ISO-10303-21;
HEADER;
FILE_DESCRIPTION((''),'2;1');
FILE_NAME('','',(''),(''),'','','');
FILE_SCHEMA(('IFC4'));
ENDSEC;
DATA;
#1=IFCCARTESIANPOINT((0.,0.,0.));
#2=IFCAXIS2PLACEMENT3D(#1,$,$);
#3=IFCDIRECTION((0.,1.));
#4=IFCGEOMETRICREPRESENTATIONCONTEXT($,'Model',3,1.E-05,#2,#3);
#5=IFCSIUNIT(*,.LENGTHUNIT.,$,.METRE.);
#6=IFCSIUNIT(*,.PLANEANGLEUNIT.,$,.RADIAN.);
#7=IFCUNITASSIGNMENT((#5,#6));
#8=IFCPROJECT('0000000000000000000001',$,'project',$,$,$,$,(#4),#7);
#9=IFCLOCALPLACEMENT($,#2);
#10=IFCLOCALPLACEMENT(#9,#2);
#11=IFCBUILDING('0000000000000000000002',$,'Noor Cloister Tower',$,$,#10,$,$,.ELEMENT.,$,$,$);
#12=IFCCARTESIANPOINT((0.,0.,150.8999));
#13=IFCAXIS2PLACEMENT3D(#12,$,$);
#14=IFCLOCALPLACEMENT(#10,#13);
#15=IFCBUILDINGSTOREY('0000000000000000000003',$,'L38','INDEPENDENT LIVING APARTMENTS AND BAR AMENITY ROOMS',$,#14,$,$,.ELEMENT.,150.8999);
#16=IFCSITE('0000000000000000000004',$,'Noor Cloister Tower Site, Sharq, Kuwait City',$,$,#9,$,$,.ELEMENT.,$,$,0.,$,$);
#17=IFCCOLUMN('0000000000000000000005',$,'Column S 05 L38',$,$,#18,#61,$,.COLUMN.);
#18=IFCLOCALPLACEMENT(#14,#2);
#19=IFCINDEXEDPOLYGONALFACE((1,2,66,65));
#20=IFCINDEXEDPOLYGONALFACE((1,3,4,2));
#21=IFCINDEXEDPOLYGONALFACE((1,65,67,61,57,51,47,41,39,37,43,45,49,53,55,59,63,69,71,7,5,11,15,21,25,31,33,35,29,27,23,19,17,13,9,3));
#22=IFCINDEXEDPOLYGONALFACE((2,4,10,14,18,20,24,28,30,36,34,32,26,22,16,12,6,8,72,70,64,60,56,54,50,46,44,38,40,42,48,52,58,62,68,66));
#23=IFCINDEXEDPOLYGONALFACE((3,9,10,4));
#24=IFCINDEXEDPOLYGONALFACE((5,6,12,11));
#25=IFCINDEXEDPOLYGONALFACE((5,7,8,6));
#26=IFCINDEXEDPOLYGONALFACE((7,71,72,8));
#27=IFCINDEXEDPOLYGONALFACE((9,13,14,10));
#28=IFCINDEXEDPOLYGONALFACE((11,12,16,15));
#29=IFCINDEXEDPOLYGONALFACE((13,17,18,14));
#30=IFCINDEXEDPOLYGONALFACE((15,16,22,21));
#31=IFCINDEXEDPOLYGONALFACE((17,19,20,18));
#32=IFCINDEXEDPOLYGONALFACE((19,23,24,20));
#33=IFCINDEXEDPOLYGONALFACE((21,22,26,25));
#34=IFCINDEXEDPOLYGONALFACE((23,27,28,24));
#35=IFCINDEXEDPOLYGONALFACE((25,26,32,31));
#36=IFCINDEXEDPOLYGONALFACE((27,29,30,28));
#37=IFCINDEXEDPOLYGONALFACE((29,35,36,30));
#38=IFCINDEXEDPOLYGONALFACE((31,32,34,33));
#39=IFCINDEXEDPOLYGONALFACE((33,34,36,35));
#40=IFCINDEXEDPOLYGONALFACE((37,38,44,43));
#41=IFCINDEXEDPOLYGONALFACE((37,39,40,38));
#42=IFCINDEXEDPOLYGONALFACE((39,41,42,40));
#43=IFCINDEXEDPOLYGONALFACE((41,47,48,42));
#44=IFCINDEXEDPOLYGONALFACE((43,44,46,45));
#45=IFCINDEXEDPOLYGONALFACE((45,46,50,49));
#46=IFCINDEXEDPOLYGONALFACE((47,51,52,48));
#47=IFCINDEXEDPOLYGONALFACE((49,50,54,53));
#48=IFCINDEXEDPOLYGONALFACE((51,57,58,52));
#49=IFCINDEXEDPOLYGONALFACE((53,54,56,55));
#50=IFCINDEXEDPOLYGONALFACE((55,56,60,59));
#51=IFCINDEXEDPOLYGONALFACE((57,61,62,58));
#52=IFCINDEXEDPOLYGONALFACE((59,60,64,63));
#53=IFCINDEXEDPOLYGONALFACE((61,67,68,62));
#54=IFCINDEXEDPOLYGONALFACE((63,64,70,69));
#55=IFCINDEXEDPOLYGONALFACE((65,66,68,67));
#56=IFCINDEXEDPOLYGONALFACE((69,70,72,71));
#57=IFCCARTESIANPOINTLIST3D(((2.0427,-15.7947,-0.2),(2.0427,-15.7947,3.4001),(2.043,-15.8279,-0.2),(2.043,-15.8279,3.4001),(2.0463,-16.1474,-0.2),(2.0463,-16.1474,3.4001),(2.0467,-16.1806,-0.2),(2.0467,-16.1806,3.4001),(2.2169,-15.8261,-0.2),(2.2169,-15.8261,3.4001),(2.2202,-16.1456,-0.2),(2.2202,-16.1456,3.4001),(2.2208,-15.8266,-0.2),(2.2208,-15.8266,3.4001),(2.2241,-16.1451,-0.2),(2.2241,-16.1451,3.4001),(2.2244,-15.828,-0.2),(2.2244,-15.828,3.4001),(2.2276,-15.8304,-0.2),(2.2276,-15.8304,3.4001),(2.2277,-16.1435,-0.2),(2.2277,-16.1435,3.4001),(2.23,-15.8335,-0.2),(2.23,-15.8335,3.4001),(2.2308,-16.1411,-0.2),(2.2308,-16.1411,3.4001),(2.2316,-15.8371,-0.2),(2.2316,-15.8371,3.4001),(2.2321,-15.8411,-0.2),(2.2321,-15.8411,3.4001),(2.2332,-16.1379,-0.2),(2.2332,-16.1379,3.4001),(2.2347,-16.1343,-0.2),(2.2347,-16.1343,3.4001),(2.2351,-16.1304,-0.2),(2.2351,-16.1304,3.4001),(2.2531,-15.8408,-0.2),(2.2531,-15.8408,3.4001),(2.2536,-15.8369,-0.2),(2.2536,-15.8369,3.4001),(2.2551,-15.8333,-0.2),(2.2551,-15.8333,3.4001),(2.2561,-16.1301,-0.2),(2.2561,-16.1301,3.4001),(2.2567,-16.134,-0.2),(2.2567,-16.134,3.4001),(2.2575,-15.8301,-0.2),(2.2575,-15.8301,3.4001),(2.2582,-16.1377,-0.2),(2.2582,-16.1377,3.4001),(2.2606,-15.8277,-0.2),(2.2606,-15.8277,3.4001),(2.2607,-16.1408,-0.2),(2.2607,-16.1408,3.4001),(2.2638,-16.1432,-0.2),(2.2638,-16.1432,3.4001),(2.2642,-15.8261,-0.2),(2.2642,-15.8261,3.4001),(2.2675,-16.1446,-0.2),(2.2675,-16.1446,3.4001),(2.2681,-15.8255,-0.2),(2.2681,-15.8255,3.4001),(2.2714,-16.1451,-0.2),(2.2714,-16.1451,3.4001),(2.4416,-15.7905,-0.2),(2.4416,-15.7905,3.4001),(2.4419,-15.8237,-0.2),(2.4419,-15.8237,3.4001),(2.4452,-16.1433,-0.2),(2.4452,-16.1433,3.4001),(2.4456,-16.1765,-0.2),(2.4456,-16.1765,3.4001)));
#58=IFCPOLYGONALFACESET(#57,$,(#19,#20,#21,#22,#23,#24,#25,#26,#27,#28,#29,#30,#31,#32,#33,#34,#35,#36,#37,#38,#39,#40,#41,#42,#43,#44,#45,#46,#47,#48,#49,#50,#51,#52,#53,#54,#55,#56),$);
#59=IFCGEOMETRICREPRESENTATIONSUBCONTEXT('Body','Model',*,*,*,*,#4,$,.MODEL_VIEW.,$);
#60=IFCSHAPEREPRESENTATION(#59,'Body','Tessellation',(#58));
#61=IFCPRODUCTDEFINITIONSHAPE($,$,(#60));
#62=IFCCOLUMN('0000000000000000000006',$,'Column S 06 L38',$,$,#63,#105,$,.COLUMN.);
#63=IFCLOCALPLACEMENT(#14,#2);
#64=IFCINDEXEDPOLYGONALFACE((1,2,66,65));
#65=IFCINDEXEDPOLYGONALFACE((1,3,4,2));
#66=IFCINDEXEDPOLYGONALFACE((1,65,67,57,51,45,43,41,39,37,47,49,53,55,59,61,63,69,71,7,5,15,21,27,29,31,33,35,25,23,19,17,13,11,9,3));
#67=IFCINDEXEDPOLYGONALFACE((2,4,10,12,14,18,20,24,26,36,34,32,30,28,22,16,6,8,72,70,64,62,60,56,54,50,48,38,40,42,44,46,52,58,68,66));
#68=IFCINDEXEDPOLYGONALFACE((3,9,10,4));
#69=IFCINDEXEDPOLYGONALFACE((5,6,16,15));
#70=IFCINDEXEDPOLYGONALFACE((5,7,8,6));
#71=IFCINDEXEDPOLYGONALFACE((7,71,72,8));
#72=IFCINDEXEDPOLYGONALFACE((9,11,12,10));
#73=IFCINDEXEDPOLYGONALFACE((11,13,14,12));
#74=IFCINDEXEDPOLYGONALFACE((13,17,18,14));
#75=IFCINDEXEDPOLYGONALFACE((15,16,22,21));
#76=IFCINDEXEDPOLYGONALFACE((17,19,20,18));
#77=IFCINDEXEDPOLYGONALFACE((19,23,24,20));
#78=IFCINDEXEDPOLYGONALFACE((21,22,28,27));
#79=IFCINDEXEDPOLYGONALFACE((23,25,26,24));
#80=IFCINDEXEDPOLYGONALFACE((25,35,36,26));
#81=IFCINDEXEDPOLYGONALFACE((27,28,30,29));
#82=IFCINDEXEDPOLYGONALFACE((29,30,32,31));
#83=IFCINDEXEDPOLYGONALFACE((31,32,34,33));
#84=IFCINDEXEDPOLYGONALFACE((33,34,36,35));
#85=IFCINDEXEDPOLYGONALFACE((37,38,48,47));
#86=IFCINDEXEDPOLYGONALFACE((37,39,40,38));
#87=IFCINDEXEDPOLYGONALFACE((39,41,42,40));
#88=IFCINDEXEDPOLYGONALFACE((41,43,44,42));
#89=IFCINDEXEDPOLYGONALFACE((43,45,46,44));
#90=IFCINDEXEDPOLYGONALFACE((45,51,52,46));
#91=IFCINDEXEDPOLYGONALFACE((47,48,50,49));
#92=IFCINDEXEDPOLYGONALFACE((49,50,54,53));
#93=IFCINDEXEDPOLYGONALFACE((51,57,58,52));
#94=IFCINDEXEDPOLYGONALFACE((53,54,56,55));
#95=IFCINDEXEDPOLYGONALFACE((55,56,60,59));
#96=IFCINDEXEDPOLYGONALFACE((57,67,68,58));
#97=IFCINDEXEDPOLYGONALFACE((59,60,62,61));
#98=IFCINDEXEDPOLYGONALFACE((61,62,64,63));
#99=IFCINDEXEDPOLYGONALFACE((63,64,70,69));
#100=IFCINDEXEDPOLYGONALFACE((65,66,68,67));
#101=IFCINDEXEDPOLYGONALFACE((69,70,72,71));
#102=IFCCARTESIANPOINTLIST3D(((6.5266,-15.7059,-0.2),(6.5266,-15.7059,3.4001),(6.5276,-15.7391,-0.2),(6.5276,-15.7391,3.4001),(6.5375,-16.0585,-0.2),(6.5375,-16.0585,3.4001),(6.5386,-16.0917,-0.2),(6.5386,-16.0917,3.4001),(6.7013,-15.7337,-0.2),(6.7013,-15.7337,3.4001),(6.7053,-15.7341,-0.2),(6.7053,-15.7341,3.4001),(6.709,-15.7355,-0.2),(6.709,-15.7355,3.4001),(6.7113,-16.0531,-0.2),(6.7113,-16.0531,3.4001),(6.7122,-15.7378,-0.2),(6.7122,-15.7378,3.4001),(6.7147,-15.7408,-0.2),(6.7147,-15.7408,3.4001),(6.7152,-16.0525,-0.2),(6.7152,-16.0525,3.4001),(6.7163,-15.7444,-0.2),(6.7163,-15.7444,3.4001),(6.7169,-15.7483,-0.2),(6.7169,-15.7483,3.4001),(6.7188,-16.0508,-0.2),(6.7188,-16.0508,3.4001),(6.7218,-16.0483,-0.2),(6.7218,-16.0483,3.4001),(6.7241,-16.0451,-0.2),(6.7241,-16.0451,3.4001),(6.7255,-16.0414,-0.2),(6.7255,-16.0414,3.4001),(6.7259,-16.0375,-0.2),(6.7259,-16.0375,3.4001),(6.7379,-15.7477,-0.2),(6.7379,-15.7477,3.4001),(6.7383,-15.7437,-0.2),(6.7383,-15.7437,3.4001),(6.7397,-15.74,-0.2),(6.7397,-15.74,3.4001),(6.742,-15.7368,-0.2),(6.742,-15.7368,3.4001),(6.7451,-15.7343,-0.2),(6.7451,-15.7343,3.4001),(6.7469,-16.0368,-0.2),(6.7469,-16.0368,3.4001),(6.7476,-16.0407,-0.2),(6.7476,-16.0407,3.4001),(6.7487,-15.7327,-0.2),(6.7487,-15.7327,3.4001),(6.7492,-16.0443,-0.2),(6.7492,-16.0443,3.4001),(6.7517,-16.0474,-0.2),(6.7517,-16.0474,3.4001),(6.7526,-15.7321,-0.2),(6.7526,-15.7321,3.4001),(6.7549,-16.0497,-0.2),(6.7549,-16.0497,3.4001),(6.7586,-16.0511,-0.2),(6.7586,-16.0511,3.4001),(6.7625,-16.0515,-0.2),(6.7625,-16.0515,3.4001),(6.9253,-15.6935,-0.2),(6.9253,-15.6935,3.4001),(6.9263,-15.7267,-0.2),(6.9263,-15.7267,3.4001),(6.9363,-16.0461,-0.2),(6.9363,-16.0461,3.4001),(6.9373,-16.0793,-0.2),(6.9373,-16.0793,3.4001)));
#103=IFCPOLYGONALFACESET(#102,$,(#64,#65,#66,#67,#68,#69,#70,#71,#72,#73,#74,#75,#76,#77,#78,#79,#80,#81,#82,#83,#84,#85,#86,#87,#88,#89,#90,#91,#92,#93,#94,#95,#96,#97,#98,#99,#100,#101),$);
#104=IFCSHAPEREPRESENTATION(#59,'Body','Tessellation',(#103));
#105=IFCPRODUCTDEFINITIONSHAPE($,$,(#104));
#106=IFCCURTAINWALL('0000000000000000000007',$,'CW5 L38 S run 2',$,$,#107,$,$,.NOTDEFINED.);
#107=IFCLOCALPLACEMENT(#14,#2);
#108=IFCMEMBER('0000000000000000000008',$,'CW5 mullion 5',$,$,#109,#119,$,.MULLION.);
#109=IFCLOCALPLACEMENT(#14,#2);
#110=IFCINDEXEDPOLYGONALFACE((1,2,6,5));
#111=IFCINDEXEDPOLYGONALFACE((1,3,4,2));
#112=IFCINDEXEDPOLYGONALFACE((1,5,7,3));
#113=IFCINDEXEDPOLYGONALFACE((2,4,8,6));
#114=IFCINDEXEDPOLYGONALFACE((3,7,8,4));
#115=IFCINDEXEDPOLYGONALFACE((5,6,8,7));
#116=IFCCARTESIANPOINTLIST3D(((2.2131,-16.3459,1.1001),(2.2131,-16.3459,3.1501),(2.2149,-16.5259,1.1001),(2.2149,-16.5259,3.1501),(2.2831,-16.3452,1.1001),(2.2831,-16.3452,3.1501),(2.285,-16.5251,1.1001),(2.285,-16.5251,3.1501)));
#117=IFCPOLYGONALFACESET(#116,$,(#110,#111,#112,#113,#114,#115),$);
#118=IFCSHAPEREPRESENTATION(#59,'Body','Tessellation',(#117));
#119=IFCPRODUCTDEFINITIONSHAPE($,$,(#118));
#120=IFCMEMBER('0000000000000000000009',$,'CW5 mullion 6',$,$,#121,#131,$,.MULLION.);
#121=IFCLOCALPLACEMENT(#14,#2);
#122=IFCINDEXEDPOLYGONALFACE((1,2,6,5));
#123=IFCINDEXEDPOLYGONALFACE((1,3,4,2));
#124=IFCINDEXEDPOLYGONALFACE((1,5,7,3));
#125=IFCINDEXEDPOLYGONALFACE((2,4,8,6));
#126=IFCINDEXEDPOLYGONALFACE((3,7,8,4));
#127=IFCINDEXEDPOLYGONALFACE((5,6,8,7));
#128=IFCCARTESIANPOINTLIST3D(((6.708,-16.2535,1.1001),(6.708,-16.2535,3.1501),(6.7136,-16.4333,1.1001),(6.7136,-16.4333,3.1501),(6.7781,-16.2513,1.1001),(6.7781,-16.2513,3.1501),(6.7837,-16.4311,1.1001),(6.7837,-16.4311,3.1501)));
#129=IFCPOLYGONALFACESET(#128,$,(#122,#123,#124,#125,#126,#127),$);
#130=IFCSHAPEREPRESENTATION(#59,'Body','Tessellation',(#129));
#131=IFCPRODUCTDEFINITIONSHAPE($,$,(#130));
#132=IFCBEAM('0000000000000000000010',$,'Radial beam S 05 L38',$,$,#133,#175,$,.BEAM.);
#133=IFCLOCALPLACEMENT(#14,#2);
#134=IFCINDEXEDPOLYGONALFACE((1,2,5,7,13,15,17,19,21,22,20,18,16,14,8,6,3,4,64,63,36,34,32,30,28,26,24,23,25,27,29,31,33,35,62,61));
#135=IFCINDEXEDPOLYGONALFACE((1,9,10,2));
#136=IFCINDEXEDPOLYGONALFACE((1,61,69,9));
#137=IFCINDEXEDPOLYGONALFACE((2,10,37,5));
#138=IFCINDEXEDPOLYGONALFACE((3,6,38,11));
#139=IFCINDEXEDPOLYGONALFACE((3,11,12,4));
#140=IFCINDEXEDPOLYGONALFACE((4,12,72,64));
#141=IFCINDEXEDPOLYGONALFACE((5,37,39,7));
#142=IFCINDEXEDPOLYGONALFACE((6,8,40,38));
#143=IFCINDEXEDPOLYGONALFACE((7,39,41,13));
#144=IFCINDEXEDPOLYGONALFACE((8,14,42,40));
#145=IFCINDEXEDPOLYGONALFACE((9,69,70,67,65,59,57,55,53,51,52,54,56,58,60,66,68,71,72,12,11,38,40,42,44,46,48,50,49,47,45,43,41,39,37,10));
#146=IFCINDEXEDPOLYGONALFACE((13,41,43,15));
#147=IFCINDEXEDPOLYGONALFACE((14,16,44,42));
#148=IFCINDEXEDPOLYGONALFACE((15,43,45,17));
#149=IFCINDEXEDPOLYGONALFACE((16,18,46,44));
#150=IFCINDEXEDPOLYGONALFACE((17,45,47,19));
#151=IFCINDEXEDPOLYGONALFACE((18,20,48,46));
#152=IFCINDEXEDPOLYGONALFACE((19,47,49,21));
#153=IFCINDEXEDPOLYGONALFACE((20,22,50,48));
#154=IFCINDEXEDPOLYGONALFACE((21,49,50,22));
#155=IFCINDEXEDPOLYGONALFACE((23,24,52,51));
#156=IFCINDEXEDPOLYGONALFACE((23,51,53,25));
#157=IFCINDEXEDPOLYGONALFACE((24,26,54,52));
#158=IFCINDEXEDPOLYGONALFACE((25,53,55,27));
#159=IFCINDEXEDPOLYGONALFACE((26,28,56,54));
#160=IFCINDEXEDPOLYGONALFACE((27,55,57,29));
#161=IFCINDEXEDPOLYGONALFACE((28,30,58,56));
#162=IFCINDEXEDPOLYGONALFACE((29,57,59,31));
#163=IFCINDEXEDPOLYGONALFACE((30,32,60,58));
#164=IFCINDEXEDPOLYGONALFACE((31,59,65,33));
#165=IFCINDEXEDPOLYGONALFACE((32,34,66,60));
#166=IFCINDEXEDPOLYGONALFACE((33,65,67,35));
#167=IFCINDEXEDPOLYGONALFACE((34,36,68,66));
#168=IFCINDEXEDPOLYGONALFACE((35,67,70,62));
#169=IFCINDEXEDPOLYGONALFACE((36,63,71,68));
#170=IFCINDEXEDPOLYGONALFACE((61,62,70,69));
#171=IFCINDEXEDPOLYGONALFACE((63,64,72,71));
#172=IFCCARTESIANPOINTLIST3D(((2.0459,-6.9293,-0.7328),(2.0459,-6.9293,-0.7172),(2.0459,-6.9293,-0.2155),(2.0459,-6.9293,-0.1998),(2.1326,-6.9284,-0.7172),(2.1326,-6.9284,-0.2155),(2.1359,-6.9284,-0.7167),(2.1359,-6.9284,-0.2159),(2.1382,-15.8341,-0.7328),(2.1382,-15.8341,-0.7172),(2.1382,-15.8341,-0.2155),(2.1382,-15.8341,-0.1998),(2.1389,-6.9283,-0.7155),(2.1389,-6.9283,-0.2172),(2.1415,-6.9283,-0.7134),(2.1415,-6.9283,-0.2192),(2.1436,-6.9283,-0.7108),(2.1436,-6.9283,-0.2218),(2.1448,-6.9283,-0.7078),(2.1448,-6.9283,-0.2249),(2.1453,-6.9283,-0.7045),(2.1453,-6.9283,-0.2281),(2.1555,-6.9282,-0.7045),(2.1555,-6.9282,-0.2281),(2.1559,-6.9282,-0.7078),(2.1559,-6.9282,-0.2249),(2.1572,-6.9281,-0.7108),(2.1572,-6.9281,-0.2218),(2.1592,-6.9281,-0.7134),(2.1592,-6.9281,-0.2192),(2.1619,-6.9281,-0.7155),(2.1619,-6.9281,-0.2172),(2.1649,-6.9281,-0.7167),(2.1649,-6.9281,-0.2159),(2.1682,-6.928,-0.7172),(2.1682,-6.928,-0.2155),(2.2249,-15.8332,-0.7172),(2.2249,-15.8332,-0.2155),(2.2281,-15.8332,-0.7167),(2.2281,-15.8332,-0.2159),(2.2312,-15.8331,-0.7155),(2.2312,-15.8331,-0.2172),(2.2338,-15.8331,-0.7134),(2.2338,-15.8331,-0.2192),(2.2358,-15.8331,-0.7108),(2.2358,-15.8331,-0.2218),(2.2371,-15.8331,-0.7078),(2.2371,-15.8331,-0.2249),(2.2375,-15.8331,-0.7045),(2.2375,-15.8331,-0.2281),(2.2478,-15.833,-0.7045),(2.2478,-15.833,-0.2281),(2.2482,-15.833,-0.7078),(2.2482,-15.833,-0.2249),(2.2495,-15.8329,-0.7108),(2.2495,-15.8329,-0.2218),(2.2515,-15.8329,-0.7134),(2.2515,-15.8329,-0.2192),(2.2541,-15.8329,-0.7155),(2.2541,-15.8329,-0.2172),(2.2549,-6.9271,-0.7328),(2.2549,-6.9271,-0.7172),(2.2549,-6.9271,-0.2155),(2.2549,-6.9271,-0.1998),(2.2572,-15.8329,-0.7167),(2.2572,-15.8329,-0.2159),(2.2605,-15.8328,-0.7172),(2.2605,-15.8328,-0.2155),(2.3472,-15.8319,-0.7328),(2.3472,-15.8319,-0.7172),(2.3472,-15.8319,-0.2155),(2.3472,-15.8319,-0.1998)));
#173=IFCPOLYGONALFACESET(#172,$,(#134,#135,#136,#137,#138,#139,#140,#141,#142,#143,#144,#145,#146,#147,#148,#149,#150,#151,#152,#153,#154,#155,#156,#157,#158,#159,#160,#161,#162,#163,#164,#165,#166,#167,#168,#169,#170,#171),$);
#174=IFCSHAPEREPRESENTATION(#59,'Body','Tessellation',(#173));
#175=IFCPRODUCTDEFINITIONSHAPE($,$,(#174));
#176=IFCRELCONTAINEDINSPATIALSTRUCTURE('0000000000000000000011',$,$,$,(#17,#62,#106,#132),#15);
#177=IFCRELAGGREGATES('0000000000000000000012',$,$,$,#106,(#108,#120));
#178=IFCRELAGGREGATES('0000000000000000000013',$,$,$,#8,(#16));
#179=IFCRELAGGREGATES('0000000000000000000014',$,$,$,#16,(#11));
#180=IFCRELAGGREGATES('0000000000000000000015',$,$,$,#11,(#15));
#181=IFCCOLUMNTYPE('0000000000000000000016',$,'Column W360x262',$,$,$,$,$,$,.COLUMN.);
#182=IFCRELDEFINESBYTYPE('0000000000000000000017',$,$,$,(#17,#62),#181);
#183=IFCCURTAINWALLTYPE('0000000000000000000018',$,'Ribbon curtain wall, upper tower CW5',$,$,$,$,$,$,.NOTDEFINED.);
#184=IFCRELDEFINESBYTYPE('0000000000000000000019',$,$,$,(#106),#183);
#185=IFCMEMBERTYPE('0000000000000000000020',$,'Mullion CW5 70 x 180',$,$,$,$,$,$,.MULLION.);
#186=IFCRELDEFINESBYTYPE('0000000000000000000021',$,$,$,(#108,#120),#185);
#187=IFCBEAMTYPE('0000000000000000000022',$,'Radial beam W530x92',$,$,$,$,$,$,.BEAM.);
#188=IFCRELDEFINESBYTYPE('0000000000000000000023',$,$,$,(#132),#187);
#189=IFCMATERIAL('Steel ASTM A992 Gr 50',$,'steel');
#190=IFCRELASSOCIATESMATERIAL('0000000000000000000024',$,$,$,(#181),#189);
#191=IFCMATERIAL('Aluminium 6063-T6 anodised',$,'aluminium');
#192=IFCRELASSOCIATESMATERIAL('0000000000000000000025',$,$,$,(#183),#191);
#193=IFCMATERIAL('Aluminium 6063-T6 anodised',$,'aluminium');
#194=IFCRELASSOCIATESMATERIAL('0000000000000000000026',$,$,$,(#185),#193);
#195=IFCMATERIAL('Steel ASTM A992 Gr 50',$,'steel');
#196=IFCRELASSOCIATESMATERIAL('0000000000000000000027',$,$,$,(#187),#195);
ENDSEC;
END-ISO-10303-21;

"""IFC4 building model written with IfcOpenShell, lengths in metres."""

from ifc_helpers import new_model, si_unit, direction, frame, origin, origin_2d, place, context, subcontext, project, spatial, rectangle, i_section, extrude, material, material_profile, profile_set, type_object, element, aggregate, save


model = new_model("IFC4")

# Units and contexts
model_context = context("Model", 3, precision=1e-05, world=origin(), true_north=direction((0.0, 1.0)))
body_context = subcontext(model_context, "Body", "Model", "MODEL_VIEW")
ifc_project = project(units=[si_unit("LENGTHUNIT", "METRE"), si_unit("PLANEANGLEUNIT", "RADIAN")], contexts=[model_context])

# Site, building, storey
site_placement = place(None, origin())
site = spatial("IfcSite", under=ifc_project, at=site_placement, Name="Noor Cloister Tower Site, Sharq, Kuwait City", CompositionType="ELEMENT", RefElevation=0.0)
building_placement = place(site_placement, origin())
building = spatial("IfcBuilding", under=site, at=building_placement, Name="Noor Cloister Tower", CompositionType="ELEMENT")
storey_placement = place(building_placement, frame((0.0, 0.0, 150.8999)))
storey = spatial("IfcBuildingStorey", under=building, at=storey_placement, Name="L38", Description="INDEPENDENT LIVING APARTMENTS AND BAR AMENITY ROOMS", CompositionType="ELEMENT", Elevation=150.8999)

# Columns
ifc_material_1 = material(Name="Steel ASTM A992 Gr 50", Category="steel")
ifc_material_profile_1 = material_profile(ifc_material_1, i_section(OverallWidth=0.3989, OverallDepth=0.386, WebThickness=0.021, FlangeThickness=0.0332, FilletRadius=0.0151, at=origin_2d()), Name="W360x262")
ifc_profile_set_1 = profile_set([ifc_material_profile_1], Name="Steel ASTM A992 Gr 50")
column_type = type_object("IfcColumnType", Name="Column W360x262", PredefinedType="COLUMN", material=ifc_profile_set_1)
for number, where, z_axis, x_axis, name in (
    (1, (2.2441, -15.9856, -0.2), (0.0, 0.0, 1.0), (0.999946, 0.010364, 0.0), "Column S 05 L38"),
    (2, (6.7319, -15.8926, -0.2), (0.0, 0.0, 1.0), (0.999517, 0.031088, 0.0), "Column S 06 L38"),
):
    element("IfcColumn", number, at=place(storey_placement, frame(where, z_axis=z_axis, x_axis=x_axis)), inside=storey, type_object=column_type, Name=name, PredefinedType="COLUMN", context=body_context, shape_type="SweptSolid", body=[
        extrude(i_section(OverallWidth=0.3989, OverallDepth=0.386, WebThickness=0.021, FlangeThickness=0.0332, FilletRadius=0.0151, at=origin_2d()), origin(), (0.0, 0.0, 1.0), 3.6001),
    ])

# Curtain wall, members
ifc_material_2 = material(Name="Aluminium 6063-T6 anodised", Category="aluminium")
curtain_wall_type = type_object("IfcCurtainWallType", Name="Ribbon curtain wall, upper tower CW5", PredefinedType="NOTDEFINED", material=ifc_material_2)
curtain_wall_placement = place(storey_placement, origin())
curtain_wall = element("IfcCurtainWall", 3, at=curtain_wall_placement, inside=storey, type_object=curtain_wall_type, Name="CW5 L38 S run 2", PredefinedType="NOTDEFINED")
ifc_material_3 = material(Name="Aluminium 6063-T6 anodised", Category="aluminium")
ifc_material_profile_2 = material_profile(ifc_material_3, rectangle(XDim=0.1799, YDim=0.0701, at=origin_2d()), Name="180 x 70 mullion")
ifc_profile_set_2 = profile_set([ifc_material_profile_2], Name="Aluminium 6063-T6 anodised")
member_type = type_object("IfcMemberType", Name="Mullion CW5 70 x 180", PredefinedType="MULLION", material=ifc_profile_set_2)
member_1_placement = place(storey_placement, frame((2.249, -16.4355, 1.1001), z_axis=(0.0, 0.0, 1.0), x_axis=(-0.010364, 0.999946, 0.0)))
member_1 = element("IfcMember", 4, at=member_1_placement, type_object=member_type, Name="CW5 mullion 5", PredefinedType="MULLION", context=body_context, shape_type="SweptSolid", body=[
    extrude(rectangle(XDim=0.1799, YDim=0.0701, at=origin_2d()), origin(), (0.0, 0.0, 1.0), 2.05),
])
member_2_placement = place(storey_placement, frame((6.7458, -16.3423, 1.1001), z_axis=(0.0, 0.0, 1.0), x_axis=(-0.031088, 0.999517, 0.0)))
member_2 = element("IfcMember", 5, at=member_2_placement, type_object=member_type, Name="CW5 mullion 6", PredefinedType="MULLION", context=body_context, shape_type="SweptSolid", body=[
    extrude(rectangle(XDim=0.1799, YDim=0.0701, at=origin_2d()), origin(), (0.0, 0.0, 1.0), 2.05),
])

# Beam
ifc_material_4 = material(Name="Steel ASTM A992 Gr 50", Category="steel")
ifc_material_profile_3 = material_profile(ifc_material_4, i_section(OverallWidth=0.209, OverallDepth=0.533, WebThickness=0.0103, FlangeThickness=0.0156, FilletRadius=0.0127, at=origin_2d()), Name="W530x92")
ifc_profile_set_3 = profile_set([ifc_material_profile_3], Name="Steel ASTM A992 Gr 50")
beam_type_1 = type_object("IfcBeamType", Name="Radial beam W530x92", PredefinedType="BEAM", material=ifc_profile_set_3)
beam_1_placement = place(storey_placement, frame((2.2427, -15.833, -0.4663), z_axis=(-0.010363, 0.999946, 0.0), x_axis=(-0.999946, -0.010363, 0.0)))
element("IfcBeam", 6, at=beam_1_placement, inside=storey, type_object=beam_type_1, Name="Radial beam S 05 L38", PredefinedType="BEAM", context=body_context, shape_type="SweptSolid", body=[
    extrude(i_section(OverallWidth=0.209, OverallDepth=0.533, WebThickness=0.0103, FlangeThickness=0.0156, FilletRadius=0.0127, at=origin_2d()), origin(), (0.0, 0.0, 1.0), 8.9053),
])

aggregate(curtain_wall, [member_1, member_2])

save(model, "model.ifc")
